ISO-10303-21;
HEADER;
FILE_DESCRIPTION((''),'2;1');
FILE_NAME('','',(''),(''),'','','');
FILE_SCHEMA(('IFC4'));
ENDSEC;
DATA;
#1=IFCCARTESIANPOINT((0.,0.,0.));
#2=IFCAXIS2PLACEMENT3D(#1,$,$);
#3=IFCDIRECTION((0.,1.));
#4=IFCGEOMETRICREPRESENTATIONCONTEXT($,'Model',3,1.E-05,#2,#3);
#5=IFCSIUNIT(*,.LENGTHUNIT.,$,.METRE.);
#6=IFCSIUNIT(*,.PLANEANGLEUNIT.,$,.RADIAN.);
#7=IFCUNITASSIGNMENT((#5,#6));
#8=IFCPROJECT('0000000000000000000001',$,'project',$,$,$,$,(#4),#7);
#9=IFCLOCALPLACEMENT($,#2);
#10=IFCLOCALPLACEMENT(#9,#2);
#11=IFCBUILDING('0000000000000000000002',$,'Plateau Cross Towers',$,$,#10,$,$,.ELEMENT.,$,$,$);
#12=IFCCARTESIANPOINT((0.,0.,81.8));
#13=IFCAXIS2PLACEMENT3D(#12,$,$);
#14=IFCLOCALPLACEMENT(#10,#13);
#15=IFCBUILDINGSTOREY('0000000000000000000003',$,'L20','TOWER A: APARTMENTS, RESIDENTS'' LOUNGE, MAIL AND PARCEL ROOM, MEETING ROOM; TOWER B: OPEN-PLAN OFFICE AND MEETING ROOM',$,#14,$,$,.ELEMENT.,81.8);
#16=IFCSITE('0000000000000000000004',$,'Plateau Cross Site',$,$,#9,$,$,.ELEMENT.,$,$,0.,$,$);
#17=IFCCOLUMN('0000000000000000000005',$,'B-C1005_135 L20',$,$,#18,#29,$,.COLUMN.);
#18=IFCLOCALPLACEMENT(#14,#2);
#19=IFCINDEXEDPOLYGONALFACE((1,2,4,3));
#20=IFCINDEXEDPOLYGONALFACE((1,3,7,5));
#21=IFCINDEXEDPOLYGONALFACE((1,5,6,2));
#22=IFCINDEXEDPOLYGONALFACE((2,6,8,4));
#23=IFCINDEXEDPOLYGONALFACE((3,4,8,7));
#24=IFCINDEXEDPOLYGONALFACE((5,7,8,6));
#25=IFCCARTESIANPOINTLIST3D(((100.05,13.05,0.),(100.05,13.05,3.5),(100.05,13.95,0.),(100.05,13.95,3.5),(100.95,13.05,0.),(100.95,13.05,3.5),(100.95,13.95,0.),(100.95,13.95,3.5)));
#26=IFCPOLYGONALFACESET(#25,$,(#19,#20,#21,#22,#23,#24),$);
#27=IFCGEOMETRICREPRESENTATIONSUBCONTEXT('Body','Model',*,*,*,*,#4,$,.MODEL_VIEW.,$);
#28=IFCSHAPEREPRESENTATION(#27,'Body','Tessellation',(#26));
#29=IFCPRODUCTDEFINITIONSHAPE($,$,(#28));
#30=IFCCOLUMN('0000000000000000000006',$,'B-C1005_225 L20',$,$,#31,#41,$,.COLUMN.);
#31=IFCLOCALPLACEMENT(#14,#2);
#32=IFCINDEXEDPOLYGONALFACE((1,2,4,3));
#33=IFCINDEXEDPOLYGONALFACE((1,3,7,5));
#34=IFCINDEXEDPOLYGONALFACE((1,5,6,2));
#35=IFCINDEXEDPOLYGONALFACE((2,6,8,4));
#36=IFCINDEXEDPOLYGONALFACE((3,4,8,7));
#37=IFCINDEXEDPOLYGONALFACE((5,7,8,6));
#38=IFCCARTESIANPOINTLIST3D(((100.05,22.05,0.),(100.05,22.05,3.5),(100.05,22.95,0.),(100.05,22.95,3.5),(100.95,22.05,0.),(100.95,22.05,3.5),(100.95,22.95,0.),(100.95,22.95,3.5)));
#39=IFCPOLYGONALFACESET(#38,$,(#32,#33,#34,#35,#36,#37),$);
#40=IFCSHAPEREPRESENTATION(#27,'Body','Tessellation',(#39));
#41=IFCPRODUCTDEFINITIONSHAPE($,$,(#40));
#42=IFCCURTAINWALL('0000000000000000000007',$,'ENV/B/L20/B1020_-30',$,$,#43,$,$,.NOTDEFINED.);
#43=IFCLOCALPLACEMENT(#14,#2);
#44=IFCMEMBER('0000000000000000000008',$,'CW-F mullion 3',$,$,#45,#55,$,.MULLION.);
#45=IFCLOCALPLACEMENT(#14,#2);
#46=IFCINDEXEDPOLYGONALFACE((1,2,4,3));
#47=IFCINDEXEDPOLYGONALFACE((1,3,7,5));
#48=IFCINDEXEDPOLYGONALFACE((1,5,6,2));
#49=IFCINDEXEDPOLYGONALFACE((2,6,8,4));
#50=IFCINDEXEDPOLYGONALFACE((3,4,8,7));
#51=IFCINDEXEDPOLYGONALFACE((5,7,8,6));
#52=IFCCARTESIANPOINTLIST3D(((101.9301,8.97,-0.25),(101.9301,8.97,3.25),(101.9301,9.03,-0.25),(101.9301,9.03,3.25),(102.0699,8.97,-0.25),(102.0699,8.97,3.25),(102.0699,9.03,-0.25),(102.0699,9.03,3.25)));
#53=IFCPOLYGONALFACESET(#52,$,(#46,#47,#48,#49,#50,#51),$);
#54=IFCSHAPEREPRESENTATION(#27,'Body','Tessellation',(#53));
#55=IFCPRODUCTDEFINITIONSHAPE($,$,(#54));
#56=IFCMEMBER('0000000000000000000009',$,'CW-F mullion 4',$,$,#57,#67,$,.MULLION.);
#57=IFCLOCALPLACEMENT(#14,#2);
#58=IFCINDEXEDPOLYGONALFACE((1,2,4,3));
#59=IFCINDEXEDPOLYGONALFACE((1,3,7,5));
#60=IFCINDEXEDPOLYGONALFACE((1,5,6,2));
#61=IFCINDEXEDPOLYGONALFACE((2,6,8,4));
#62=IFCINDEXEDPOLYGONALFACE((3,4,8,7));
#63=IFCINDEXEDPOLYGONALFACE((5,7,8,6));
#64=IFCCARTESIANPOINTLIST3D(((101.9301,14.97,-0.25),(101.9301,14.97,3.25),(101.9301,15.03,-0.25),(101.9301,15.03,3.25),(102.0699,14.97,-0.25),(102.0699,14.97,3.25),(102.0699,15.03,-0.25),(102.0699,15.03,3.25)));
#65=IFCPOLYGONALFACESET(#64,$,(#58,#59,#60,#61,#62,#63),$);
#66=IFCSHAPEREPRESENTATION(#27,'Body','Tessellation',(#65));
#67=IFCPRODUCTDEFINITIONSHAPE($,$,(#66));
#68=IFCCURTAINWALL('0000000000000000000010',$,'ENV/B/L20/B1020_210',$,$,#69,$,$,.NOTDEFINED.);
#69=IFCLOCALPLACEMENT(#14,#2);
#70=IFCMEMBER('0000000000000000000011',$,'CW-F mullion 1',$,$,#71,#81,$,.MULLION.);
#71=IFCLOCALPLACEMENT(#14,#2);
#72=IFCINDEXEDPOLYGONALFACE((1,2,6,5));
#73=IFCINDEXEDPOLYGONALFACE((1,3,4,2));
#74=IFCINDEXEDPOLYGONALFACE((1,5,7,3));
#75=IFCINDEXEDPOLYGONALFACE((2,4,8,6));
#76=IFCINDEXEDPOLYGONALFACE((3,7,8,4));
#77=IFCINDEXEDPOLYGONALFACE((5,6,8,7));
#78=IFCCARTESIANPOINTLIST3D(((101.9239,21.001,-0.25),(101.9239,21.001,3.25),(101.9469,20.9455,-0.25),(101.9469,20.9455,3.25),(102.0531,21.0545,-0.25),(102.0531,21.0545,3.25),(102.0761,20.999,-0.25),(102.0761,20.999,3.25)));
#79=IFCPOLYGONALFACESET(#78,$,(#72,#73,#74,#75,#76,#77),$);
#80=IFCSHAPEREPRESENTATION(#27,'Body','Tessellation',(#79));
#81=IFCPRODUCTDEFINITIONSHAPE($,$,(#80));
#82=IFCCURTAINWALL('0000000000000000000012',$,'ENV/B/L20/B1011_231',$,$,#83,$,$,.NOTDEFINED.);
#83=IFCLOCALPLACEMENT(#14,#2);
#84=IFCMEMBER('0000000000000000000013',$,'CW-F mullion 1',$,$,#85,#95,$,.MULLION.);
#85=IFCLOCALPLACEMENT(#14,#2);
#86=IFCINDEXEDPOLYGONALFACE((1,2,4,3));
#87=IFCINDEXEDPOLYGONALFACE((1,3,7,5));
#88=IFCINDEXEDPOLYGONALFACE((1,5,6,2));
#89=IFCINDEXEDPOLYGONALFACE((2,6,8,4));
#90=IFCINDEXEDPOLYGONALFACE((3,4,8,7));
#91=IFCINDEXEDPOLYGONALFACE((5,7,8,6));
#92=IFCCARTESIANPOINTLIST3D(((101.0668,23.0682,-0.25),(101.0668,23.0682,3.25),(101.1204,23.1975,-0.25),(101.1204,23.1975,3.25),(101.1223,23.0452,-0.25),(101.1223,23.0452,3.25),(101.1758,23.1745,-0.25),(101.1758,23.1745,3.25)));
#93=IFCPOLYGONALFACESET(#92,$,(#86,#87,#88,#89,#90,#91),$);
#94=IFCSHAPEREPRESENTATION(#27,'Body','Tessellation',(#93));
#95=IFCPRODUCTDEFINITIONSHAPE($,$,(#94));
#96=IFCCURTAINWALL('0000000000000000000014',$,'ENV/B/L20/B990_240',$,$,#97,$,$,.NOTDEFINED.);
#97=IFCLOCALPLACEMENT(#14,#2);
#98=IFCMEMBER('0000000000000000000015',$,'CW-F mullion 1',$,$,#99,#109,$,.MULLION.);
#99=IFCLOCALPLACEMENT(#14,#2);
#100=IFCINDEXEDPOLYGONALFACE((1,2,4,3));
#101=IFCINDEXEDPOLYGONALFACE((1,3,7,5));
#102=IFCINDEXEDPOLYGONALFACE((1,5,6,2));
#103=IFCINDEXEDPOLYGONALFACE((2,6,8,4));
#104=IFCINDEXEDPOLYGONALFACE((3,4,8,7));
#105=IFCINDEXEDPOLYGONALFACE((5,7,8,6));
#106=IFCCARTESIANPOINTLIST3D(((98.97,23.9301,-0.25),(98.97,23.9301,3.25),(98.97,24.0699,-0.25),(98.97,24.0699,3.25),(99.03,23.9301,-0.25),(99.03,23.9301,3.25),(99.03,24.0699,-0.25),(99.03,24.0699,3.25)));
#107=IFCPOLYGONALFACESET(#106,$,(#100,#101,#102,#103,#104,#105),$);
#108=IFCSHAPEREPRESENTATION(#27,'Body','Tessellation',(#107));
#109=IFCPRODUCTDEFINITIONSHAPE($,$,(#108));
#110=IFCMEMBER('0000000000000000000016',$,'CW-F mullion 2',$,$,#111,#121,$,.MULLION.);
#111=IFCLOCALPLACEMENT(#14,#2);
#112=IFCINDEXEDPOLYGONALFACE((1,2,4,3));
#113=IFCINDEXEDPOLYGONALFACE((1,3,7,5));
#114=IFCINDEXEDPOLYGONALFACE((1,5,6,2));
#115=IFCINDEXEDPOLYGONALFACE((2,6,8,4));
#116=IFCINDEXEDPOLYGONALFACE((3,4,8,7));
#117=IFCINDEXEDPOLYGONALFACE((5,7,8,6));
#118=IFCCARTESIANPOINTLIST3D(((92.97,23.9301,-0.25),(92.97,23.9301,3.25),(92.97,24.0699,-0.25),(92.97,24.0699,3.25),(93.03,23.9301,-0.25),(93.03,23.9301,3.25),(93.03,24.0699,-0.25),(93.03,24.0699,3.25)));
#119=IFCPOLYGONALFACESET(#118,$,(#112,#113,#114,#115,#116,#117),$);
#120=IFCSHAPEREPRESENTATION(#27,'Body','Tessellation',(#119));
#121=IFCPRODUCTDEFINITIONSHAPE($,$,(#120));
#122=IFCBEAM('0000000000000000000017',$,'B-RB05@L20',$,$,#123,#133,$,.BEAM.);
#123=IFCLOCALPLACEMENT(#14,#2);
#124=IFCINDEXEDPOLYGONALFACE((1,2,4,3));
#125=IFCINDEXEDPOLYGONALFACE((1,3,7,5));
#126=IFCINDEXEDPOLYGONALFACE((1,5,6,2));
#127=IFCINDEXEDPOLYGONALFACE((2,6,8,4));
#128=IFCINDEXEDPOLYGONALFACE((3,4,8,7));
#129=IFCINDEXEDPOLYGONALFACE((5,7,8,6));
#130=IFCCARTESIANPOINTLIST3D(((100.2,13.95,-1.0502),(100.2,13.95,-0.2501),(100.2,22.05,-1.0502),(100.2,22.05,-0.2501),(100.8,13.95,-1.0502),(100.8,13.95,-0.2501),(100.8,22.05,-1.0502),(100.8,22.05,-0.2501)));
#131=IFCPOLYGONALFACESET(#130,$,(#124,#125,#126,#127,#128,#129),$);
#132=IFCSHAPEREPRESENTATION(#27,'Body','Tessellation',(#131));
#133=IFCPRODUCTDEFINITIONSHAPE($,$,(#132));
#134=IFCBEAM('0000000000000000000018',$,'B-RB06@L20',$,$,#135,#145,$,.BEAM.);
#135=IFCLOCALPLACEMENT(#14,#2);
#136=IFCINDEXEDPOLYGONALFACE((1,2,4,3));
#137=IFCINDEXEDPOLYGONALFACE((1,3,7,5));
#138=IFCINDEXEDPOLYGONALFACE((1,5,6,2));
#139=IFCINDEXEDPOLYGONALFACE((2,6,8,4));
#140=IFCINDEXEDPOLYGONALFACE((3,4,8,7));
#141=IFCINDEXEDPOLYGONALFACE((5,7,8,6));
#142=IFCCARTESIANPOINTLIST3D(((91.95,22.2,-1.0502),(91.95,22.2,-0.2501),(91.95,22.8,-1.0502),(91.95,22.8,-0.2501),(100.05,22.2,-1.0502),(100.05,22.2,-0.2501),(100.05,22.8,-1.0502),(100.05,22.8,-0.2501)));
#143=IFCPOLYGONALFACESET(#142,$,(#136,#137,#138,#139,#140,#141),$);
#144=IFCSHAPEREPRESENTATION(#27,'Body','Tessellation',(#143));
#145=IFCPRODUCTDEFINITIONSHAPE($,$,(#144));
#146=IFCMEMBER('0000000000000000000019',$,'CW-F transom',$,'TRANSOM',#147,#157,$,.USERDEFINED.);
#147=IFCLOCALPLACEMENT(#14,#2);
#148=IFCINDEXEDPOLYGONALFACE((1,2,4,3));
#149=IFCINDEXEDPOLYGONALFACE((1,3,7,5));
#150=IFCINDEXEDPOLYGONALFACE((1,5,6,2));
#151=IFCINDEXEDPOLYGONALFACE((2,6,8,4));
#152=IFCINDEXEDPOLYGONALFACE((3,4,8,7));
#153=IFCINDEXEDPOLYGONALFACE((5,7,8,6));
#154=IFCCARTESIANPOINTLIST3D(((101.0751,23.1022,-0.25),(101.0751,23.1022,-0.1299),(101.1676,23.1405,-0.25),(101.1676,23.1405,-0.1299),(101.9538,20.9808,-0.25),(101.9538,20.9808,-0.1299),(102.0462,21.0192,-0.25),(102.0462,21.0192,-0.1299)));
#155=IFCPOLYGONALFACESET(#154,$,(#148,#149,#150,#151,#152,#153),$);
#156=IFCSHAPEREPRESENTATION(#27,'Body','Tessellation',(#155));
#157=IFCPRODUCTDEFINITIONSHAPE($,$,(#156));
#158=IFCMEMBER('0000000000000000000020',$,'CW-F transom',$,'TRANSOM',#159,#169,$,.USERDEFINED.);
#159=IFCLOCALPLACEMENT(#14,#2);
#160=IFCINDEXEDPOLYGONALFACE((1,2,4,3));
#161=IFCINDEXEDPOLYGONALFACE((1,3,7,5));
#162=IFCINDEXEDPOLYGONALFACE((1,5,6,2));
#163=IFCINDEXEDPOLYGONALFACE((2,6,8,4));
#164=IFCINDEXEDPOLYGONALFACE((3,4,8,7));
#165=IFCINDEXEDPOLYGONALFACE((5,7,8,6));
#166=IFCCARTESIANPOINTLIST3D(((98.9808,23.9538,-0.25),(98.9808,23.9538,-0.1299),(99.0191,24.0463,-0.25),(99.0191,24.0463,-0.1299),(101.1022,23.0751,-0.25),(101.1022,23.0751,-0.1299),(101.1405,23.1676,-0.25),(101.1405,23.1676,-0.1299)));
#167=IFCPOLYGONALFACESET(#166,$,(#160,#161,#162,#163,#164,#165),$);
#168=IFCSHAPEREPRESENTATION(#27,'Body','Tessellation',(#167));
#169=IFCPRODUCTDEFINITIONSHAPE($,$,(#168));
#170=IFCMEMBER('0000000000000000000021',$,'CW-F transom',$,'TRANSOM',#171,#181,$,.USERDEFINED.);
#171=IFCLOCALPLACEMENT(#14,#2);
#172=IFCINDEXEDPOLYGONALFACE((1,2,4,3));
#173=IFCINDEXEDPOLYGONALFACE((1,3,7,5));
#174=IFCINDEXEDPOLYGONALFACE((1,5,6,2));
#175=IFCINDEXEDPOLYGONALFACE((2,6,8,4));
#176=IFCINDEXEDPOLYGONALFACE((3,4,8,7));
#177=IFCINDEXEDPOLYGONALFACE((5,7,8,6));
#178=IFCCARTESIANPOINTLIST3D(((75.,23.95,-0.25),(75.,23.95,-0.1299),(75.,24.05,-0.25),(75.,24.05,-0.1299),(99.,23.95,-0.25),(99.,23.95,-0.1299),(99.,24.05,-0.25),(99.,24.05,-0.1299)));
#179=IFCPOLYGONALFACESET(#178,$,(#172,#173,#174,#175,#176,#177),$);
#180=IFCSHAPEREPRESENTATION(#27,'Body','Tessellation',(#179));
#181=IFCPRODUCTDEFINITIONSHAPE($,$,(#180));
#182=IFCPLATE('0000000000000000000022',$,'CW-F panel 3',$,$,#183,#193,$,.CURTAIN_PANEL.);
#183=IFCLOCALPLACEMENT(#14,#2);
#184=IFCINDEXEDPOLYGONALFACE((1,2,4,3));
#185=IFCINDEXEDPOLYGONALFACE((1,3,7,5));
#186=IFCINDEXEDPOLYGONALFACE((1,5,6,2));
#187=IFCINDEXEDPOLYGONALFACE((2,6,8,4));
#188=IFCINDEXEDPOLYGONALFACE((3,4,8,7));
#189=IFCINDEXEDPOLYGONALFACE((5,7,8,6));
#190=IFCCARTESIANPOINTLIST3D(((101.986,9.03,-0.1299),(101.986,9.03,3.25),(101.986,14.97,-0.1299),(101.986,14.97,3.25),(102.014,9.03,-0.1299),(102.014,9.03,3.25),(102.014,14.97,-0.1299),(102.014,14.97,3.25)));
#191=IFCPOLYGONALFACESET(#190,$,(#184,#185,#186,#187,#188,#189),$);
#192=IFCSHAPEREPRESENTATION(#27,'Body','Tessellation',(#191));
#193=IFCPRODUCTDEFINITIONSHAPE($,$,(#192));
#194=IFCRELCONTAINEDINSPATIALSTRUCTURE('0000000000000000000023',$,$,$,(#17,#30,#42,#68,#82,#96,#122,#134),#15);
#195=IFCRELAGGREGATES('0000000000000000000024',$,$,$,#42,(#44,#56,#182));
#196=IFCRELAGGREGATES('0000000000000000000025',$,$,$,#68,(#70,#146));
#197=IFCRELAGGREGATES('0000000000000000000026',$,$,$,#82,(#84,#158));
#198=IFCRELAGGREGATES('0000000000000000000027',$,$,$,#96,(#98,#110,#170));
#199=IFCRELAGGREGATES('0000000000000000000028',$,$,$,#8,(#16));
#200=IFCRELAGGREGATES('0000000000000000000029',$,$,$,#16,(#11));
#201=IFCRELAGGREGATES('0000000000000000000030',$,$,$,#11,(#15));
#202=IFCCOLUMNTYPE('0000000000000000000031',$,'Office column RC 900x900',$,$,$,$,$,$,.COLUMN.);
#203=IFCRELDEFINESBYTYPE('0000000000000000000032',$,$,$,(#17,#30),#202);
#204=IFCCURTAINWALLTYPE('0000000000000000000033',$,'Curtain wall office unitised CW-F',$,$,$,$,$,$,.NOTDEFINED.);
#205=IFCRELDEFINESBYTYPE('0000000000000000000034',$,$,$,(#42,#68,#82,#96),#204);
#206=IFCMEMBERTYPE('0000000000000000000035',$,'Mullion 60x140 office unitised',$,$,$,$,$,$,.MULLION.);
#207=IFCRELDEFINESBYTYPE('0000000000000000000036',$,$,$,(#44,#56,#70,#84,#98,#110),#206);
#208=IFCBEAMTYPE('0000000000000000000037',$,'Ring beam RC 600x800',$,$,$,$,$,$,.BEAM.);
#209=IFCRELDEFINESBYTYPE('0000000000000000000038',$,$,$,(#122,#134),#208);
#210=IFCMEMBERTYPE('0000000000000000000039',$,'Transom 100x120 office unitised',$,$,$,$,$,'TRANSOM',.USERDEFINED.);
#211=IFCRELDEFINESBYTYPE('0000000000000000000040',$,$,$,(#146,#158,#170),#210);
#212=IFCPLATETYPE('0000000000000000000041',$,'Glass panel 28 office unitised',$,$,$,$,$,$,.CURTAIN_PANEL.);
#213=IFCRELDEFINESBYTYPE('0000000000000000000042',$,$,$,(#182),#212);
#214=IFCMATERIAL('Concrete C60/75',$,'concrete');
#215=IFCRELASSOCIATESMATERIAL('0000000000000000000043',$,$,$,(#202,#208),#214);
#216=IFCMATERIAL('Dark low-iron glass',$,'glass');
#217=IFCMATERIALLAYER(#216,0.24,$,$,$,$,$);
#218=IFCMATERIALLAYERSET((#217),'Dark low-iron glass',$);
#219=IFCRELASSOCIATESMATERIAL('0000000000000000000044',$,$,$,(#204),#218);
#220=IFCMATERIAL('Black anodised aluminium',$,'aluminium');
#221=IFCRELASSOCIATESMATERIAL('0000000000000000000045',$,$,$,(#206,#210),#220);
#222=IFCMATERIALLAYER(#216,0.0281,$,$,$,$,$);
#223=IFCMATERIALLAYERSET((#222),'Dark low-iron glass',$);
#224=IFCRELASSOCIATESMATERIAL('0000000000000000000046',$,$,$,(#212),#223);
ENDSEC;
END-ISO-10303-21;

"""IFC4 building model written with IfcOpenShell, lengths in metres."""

from ifc_helpers import new_model, si_unit, direction, frame, origin, origin_2d, place, context, subcontext, project, spatial, rectangle, extrude, material, layer, layer_set, material_profile, profile_set, type_object, element, aggregate, save


model = new_model("IFC4")

# Units and contexts
model_context = context("Model", 3, precision=1e-05, world=origin(), true_north=direction((0.0, 1.0)))
body_context = subcontext(model_context, "Body", "Model", "MODEL_VIEW")
ifc_project = project(units=[si_unit("LENGTHUNIT", "METRE"), si_unit("PLANEANGLEUNIT", "RADIAN")], contexts=[model_context])

# Site, building, storey
site_placement = place(None, origin())
site = spatial("IfcSite", under=ifc_project, at=site_placement, Name="Plateau Cross Site", CompositionType="ELEMENT", RefElevation=0.0)
building_placement = place(site_placement, origin())
building = spatial("IfcBuilding", under=site, at=building_placement, Name="Plateau Cross Towers", CompositionType="ELEMENT")
storey_placement = place(building_placement, frame((0.0, 0.0, 81.8)))
storey = spatial("IfcBuildingStorey", under=building, at=storey_placement, Name="L20", Description="TOWER A: APARTMENTS, RESIDENTS' LOUNGE, MAIL AND PARCEL ROOM, MEETING ROOM; TOWER B: OPEN-PLAN OFFICE AND MEETING ROOM", CompositionType="ELEMENT", Elevation=81.8)

# Columns
ifc_material_1 = material(Name="Concrete C60/75", Category="concrete")
ifc_material_profile_1 = material_profile(ifc_material_1, rectangle(XDim=0.8999, YDim=0.8999, at=origin_2d()), Name="RC 900x900")
ifc_profile_set_1 = profile_set([ifc_material_profile_1], Name="Concrete C60/75")
column_type = type_object("IfcColumnType", Name="Office column RC 900x900", PredefinedType="COLUMN", material=ifc_profile_set_1)
for number, where, z_axis, x_axis, name in (
    (1, (100.5, 13.5, 0.0), (0.0, 0.0, 1.0), (1.0, 0.0, 0.0), "B-C1005_135 L20"),
    (2, (100.5, 22.5, 0.0), (0.0, 0.0, 1.0), (1.0, 0.0, 0.0), "B-C1005_225 L20"),
):
    element("IfcColumn", number, at=place(storey_placement, frame(where, z_axis=z_axis, x_axis=x_axis)), inside=storey, type_object=column_type, Name=name, PredefinedType="COLUMN", context=body_context, shape_type="SweptSolid", body=[
        extrude(rectangle(XDim=0.8999, YDim=0.8999, at=origin_2d()), origin(), (0.0, 0.0, 1.0), 3.5),
    ])

# Curtain wall, members
ifc_material_2 = material(Name="Dark low-iron glass", Category="glass")
ifc_layer_1 = layer(ifc_material_2, 0.24)
ifc_layer_set_1 = layer_set([ifc_layer_1], Name="Dark low-iron glass")
curtain_wall_type = type_object("IfcCurtainWallType", Name="Curtain wall office unitised CW-F", PredefinedType="NOTDEFINED", material=ifc_layer_set_1)
curtain_wall_1_placement = place(storey_placement, origin())
curtain_wall_1 = element("IfcCurtainWall", 3, at=curtain_wall_1_placement, inside=storey, type_object=curtain_wall_type, Name="ENV/B/L20/B1020_-30", PredefinedType="NOTDEFINED")
ifc_material_3 = material(Name="Black anodised aluminium", Category="aluminium")
ifc_material_profile_2 = material_profile(ifc_material_3, rectangle(XDim=0.0601, YDim=0.1399, at=origin_2d()), Name="MULLION 60x140")
ifc_profile_set_2 = profile_set([ifc_material_profile_2], Name="Black anodised aluminium")
member_type_1 = type_object("IfcMemberType", Name="Mullion 60x140 office unitised", PredefinedType="MULLION", material=ifc_profile_set_2)
member_1_placement = place(storey_placement, frame((102.0, 9.0, -0.25), z_axis=(0.0, 0.0, 1.0), x_axis=(0.0, 1.0, 0.0)))
member_1 = element("IfcMember", 4, at=member_1_placement, type_object=member_type_1, Name="CW-F mullion 3", PredefinedType="MULLION", context=body_context, shape_type="SweptSolid", body=[
    extrude(rectangle(XDim=0.0601, YDim=0.1399, at=origin_2d()), origin(), (0.0, 0.0, 1.0), 3.5),
])
member_2_placement = place(storey_placement, frame((102.0, 15.0, -0.25), z_axis=(0.0, 0.0, 1.0), x_axis=(0.0, 1.0, 0.0)))
member_2 = element("IfcMember", 5, at=member_2_placement, type_object=member_type_1, Name="CW-F mullion 4", PredefinedType="MULLION", context=body_context, shape_type="SweptSolid", body=[
    extrude(rectangle(XDim=0.0601, YDim=0.1399, at=origin_2d()), origin(), (0.0, 0.0, 1.0), 3.5),
])

# Curtain walls, members
curtain_wall_2_placement = place(storey_placement, origin())
curtain_wall_2 = element("IfcCurtainWall", 6, at=curtain_wall_2_placement, inside=storey, type_object=curtain_wall_type, Name="ENV/B/L20/B1020_210", PredefinedType="NOTDEFINED")
member_3_placement = place(storey_placement, frame((102.0, 21.0, -0.25), z_axis=(0.0, 0.0, 1.0), x_axis=(-0.382684, 0.923879, 0.0)))
member_3 = element("IfcMember", 7, at=member_3_placement, type_object=member_type_1, Name="CW-F mullion 1", PredefinedType="MULLION", context=body_context, shape_type="SweptSolid", body=[
    extrude(rectangle(XDim=0.0601, YDim=0.1399, at=origin_2d()), origin(), (0.0, 0.0, 1.0), 3.5),
])
curtain_wall_3_placement = place(storey_placement, origin())
curtain_wall_3 = element("IfcCurtainWall", 8, at=curtain_wall_3_placement, inside=storey, type_object=curtain_wall_type, Name="ENV/B/L20/B1011_231", PredefinedType="NOTDEFINED")
member_4_placement = place(storey_placement, frame((101.1213, 23.1213, -0.25), z_axis=(0.0, 0.0, 1.0), x_axis=(-0.923879, 0.382684, 0.0)))
member_4 = element("IfcMember", 9, at=member_4_placement, type_object=member_type_1, Name="CW-F mullion 1", PredefinedType="MULLION", context=body_context, shape_type="SweptSolid", body=[
    extrude(rectangle(XDim=0.0601, YDim=0.1399, at=origin_2d()), origin(), (0.0, 0.0, 1.0), 3.5),
])

# Curtain wall, members
curtain_wall_4_placement = place(storey_placement, origin())
curtain_wall_4 = element("IfcCurtainWall", 10, at=curtain_wall_4_placement, inside=storey, type_object=curtain_wall_type, Name="ENV/B/L20/B990_240", PredefinedType="NOTDEFINED")
member_5_placement = place(storey_placement, frame((99.0, 24.0, -0.25), z_axis=(0.0, 0.0, 1.0), x_axis=(-1.0, 0.0, 0.0)))
member_5 = element("IfcMember", 11, at=member_5_placement, type_object=member_type_1, Name="CW-F mullion 1", PredefinedType="MULLION", context=body_context, shape_type="SweptSolid", body=[
    extrude(rectangle(XDim=0.0601, YDim=0.1399, at=origin_2d()), origin(), (0.0, 0.0, 1.0), 3.5),
])
member_6_placement = place(storey_placement, frame((93.0, 24.0, -0.25), z_axis=(0.0, 0.0, 1.0), x_axis=(-1.0, 0.0, 0.0)))
member_6 = element("IfcMember", 12, at=member_6_placement, type_object=member_type_1, Name="CW-F mullion 2", PredefinedType="MULLION", context=body_context, shape_type="SweptSolid", body=[
    extrude(rectangle(XDim=0.0601, YDim=0.1399, at=origin_2d()), origin(), (0.0, 0.0, 1.0), 3.5),
])

# Beams
ifc_material_profile_3 = material_profile(ifc_material_1, rectangle(XDim=0.6001, YDim=0.8, at=origin_2d()), Name="RC 600x800")
ifc_profile_set_3 = profile_set([ifc_material_profile_3], Name="Concrete C60/75")
beam_type = type_object("IfcBeamType", Name="Ring beam RC 600x800", PredefinedType="BEAM", material=ifc_profile_set_3)
for number, where, z_axis, x_axis, name in (
    (13, (100.5, 13.95, -0.6501), (0.0, 1.0, 0.0), (-1.0, 0.0, 0.0), "B-RB05@L20"),
    (14, (100.05, 22.5, -0.6501), (-1.0, 0.0, 0.0), (0.0, -1.0, 0.0), "B-RB06@L20"),
):
    element("IfcBeam", number, at=place(storey_placement, frame(where, z_axis=z_axis, x_axis=x_axis)), inside=storey, type_object=beam_type, Name=name, PredefinedType="BEAM", context=body_context, shape_type="SweptSolid", body=[
        extrude(rectangle(XDim=0.6001, YDim=0.8, at=origin_2d()), origin(), (0.0, 0.0, 1.0), 8.1001),
    ])

# Members
ifc_material_profile_4 = material_profile(ifc_material_3, rectangle(XDim=0.1001, YDim=0.1201, at=origin_2d()), Name="TRANSOM 100x120")
ifc_profile_set_4 = profile_set([ifc_material_profile_4], Name="Black anodised aluminium")
member_type_2 = type_object("IfcMemberType", Name="Transom 100x120 office unitised", ElementType="TRANSOM", PredefinedType="USERDEFINED", material=ifc_profile_set_4)
member_7_placement = place(storey_placement, frame((102.0, 21.0, -0.1899), z_axis=(-0.382674, 0.923883, 0.0), x_axis=(-0.923883, -0.382674, 0.0)))
member_7 = element("IfcMember", 15, at=member_7_placement, type_object=member_type_2, Name="CW-F transom", ObjectType="TRANSOM", PredefinedType="USERDEFINED", context=body_context, shape_type="SweptSolid", body=[
    extrude(rectangle(XDim=0.1001, YDim=0.1201, at=origin_2d()), origin(), (0.0, 0.0, 1.0), 2.2961),
])
member_8_placement = place(storey_placement, frame((101.1213, 23.1213, -0.1899), z_axis=(-0.923883, 0.382674, 0.0), x_axis=(-0.382674, -0.923883, 0.0)))
member_8 = element("IfcMember", 16, at=member_8_placement, type_object=member_type_2, Name="CW-F transom", ObjectType="TRANSOM", PredefinedType="USERDEFINED", context=body_context, shape_type="SweptSolid", body=[
    extrude(rectangle(XDim=0.1001, YDim=0.1201, at=origin_2d()), origin(), (0.0, 0.0, 1.0), 2.2961),
])
member_9_placement = place(storey_placement, frame((99.0, 24.0, -0.1899), z_axis=(-1.0, 0.0, 0.0), x_axis=(0.0, -1.0, 0.0)))
member_9 = element("IfcMember", 17, at=member_9_placement, type_object=member_type_2, Name="CW-F transom", ObjectType="TRANSOM", PredefinedType="USERDEFINED", context=body_context, shape_type="SweptSolid", body=[
    extrude(rectangle(XDim=0.1001, YDim=0.1201, at=origin_2d()), origin(), (0.0, 0.0, 1.0), 24.0),
])

# Plate
ifc_layer_2 = layer(ifc_material_2, 0.0281)
ifc_layer_set_2 = layer_set([ifc_layer_2], Name="Dark low-iron glass")
plate_type = type_object("IfcPlateType", Name="Glass panel 28 office unitised", PredefinedType="CURTAIN_PANEL", material=ifc_layer_set_2)
plate_1_placement = place(storey_placement, frame((102.0, 12.0, -0.1299), z_axis=(0.0, 0.0, 1.0), x_axis=(0.0, 1.0, 0.0)))
plate_1 = element("IfcPlate", 18, at=plate_1_placement, type_object=plate_type, Name="CW-F panel 3", PredefinedType="CURTAIN_PANEL", context=body_context, shape_type="SweptSolid", body=[
    extrude(rectangle(XDim=5.9399, YDim=0.0281, at=origin_2d()), origin(), (0.0, 0.0, 1.0), 3.3799),
])
aggregate(curtain_wall_1, [member_1, member_2, plate_1])
aggregate(curtain_wall_2, [member_3, member_7])
aggregate(curtain_wall_3, [member_4, member_8])
aggregate(curtain_wall_4, [member_5, member_6, member_9])

save(model, "model.ifc")
